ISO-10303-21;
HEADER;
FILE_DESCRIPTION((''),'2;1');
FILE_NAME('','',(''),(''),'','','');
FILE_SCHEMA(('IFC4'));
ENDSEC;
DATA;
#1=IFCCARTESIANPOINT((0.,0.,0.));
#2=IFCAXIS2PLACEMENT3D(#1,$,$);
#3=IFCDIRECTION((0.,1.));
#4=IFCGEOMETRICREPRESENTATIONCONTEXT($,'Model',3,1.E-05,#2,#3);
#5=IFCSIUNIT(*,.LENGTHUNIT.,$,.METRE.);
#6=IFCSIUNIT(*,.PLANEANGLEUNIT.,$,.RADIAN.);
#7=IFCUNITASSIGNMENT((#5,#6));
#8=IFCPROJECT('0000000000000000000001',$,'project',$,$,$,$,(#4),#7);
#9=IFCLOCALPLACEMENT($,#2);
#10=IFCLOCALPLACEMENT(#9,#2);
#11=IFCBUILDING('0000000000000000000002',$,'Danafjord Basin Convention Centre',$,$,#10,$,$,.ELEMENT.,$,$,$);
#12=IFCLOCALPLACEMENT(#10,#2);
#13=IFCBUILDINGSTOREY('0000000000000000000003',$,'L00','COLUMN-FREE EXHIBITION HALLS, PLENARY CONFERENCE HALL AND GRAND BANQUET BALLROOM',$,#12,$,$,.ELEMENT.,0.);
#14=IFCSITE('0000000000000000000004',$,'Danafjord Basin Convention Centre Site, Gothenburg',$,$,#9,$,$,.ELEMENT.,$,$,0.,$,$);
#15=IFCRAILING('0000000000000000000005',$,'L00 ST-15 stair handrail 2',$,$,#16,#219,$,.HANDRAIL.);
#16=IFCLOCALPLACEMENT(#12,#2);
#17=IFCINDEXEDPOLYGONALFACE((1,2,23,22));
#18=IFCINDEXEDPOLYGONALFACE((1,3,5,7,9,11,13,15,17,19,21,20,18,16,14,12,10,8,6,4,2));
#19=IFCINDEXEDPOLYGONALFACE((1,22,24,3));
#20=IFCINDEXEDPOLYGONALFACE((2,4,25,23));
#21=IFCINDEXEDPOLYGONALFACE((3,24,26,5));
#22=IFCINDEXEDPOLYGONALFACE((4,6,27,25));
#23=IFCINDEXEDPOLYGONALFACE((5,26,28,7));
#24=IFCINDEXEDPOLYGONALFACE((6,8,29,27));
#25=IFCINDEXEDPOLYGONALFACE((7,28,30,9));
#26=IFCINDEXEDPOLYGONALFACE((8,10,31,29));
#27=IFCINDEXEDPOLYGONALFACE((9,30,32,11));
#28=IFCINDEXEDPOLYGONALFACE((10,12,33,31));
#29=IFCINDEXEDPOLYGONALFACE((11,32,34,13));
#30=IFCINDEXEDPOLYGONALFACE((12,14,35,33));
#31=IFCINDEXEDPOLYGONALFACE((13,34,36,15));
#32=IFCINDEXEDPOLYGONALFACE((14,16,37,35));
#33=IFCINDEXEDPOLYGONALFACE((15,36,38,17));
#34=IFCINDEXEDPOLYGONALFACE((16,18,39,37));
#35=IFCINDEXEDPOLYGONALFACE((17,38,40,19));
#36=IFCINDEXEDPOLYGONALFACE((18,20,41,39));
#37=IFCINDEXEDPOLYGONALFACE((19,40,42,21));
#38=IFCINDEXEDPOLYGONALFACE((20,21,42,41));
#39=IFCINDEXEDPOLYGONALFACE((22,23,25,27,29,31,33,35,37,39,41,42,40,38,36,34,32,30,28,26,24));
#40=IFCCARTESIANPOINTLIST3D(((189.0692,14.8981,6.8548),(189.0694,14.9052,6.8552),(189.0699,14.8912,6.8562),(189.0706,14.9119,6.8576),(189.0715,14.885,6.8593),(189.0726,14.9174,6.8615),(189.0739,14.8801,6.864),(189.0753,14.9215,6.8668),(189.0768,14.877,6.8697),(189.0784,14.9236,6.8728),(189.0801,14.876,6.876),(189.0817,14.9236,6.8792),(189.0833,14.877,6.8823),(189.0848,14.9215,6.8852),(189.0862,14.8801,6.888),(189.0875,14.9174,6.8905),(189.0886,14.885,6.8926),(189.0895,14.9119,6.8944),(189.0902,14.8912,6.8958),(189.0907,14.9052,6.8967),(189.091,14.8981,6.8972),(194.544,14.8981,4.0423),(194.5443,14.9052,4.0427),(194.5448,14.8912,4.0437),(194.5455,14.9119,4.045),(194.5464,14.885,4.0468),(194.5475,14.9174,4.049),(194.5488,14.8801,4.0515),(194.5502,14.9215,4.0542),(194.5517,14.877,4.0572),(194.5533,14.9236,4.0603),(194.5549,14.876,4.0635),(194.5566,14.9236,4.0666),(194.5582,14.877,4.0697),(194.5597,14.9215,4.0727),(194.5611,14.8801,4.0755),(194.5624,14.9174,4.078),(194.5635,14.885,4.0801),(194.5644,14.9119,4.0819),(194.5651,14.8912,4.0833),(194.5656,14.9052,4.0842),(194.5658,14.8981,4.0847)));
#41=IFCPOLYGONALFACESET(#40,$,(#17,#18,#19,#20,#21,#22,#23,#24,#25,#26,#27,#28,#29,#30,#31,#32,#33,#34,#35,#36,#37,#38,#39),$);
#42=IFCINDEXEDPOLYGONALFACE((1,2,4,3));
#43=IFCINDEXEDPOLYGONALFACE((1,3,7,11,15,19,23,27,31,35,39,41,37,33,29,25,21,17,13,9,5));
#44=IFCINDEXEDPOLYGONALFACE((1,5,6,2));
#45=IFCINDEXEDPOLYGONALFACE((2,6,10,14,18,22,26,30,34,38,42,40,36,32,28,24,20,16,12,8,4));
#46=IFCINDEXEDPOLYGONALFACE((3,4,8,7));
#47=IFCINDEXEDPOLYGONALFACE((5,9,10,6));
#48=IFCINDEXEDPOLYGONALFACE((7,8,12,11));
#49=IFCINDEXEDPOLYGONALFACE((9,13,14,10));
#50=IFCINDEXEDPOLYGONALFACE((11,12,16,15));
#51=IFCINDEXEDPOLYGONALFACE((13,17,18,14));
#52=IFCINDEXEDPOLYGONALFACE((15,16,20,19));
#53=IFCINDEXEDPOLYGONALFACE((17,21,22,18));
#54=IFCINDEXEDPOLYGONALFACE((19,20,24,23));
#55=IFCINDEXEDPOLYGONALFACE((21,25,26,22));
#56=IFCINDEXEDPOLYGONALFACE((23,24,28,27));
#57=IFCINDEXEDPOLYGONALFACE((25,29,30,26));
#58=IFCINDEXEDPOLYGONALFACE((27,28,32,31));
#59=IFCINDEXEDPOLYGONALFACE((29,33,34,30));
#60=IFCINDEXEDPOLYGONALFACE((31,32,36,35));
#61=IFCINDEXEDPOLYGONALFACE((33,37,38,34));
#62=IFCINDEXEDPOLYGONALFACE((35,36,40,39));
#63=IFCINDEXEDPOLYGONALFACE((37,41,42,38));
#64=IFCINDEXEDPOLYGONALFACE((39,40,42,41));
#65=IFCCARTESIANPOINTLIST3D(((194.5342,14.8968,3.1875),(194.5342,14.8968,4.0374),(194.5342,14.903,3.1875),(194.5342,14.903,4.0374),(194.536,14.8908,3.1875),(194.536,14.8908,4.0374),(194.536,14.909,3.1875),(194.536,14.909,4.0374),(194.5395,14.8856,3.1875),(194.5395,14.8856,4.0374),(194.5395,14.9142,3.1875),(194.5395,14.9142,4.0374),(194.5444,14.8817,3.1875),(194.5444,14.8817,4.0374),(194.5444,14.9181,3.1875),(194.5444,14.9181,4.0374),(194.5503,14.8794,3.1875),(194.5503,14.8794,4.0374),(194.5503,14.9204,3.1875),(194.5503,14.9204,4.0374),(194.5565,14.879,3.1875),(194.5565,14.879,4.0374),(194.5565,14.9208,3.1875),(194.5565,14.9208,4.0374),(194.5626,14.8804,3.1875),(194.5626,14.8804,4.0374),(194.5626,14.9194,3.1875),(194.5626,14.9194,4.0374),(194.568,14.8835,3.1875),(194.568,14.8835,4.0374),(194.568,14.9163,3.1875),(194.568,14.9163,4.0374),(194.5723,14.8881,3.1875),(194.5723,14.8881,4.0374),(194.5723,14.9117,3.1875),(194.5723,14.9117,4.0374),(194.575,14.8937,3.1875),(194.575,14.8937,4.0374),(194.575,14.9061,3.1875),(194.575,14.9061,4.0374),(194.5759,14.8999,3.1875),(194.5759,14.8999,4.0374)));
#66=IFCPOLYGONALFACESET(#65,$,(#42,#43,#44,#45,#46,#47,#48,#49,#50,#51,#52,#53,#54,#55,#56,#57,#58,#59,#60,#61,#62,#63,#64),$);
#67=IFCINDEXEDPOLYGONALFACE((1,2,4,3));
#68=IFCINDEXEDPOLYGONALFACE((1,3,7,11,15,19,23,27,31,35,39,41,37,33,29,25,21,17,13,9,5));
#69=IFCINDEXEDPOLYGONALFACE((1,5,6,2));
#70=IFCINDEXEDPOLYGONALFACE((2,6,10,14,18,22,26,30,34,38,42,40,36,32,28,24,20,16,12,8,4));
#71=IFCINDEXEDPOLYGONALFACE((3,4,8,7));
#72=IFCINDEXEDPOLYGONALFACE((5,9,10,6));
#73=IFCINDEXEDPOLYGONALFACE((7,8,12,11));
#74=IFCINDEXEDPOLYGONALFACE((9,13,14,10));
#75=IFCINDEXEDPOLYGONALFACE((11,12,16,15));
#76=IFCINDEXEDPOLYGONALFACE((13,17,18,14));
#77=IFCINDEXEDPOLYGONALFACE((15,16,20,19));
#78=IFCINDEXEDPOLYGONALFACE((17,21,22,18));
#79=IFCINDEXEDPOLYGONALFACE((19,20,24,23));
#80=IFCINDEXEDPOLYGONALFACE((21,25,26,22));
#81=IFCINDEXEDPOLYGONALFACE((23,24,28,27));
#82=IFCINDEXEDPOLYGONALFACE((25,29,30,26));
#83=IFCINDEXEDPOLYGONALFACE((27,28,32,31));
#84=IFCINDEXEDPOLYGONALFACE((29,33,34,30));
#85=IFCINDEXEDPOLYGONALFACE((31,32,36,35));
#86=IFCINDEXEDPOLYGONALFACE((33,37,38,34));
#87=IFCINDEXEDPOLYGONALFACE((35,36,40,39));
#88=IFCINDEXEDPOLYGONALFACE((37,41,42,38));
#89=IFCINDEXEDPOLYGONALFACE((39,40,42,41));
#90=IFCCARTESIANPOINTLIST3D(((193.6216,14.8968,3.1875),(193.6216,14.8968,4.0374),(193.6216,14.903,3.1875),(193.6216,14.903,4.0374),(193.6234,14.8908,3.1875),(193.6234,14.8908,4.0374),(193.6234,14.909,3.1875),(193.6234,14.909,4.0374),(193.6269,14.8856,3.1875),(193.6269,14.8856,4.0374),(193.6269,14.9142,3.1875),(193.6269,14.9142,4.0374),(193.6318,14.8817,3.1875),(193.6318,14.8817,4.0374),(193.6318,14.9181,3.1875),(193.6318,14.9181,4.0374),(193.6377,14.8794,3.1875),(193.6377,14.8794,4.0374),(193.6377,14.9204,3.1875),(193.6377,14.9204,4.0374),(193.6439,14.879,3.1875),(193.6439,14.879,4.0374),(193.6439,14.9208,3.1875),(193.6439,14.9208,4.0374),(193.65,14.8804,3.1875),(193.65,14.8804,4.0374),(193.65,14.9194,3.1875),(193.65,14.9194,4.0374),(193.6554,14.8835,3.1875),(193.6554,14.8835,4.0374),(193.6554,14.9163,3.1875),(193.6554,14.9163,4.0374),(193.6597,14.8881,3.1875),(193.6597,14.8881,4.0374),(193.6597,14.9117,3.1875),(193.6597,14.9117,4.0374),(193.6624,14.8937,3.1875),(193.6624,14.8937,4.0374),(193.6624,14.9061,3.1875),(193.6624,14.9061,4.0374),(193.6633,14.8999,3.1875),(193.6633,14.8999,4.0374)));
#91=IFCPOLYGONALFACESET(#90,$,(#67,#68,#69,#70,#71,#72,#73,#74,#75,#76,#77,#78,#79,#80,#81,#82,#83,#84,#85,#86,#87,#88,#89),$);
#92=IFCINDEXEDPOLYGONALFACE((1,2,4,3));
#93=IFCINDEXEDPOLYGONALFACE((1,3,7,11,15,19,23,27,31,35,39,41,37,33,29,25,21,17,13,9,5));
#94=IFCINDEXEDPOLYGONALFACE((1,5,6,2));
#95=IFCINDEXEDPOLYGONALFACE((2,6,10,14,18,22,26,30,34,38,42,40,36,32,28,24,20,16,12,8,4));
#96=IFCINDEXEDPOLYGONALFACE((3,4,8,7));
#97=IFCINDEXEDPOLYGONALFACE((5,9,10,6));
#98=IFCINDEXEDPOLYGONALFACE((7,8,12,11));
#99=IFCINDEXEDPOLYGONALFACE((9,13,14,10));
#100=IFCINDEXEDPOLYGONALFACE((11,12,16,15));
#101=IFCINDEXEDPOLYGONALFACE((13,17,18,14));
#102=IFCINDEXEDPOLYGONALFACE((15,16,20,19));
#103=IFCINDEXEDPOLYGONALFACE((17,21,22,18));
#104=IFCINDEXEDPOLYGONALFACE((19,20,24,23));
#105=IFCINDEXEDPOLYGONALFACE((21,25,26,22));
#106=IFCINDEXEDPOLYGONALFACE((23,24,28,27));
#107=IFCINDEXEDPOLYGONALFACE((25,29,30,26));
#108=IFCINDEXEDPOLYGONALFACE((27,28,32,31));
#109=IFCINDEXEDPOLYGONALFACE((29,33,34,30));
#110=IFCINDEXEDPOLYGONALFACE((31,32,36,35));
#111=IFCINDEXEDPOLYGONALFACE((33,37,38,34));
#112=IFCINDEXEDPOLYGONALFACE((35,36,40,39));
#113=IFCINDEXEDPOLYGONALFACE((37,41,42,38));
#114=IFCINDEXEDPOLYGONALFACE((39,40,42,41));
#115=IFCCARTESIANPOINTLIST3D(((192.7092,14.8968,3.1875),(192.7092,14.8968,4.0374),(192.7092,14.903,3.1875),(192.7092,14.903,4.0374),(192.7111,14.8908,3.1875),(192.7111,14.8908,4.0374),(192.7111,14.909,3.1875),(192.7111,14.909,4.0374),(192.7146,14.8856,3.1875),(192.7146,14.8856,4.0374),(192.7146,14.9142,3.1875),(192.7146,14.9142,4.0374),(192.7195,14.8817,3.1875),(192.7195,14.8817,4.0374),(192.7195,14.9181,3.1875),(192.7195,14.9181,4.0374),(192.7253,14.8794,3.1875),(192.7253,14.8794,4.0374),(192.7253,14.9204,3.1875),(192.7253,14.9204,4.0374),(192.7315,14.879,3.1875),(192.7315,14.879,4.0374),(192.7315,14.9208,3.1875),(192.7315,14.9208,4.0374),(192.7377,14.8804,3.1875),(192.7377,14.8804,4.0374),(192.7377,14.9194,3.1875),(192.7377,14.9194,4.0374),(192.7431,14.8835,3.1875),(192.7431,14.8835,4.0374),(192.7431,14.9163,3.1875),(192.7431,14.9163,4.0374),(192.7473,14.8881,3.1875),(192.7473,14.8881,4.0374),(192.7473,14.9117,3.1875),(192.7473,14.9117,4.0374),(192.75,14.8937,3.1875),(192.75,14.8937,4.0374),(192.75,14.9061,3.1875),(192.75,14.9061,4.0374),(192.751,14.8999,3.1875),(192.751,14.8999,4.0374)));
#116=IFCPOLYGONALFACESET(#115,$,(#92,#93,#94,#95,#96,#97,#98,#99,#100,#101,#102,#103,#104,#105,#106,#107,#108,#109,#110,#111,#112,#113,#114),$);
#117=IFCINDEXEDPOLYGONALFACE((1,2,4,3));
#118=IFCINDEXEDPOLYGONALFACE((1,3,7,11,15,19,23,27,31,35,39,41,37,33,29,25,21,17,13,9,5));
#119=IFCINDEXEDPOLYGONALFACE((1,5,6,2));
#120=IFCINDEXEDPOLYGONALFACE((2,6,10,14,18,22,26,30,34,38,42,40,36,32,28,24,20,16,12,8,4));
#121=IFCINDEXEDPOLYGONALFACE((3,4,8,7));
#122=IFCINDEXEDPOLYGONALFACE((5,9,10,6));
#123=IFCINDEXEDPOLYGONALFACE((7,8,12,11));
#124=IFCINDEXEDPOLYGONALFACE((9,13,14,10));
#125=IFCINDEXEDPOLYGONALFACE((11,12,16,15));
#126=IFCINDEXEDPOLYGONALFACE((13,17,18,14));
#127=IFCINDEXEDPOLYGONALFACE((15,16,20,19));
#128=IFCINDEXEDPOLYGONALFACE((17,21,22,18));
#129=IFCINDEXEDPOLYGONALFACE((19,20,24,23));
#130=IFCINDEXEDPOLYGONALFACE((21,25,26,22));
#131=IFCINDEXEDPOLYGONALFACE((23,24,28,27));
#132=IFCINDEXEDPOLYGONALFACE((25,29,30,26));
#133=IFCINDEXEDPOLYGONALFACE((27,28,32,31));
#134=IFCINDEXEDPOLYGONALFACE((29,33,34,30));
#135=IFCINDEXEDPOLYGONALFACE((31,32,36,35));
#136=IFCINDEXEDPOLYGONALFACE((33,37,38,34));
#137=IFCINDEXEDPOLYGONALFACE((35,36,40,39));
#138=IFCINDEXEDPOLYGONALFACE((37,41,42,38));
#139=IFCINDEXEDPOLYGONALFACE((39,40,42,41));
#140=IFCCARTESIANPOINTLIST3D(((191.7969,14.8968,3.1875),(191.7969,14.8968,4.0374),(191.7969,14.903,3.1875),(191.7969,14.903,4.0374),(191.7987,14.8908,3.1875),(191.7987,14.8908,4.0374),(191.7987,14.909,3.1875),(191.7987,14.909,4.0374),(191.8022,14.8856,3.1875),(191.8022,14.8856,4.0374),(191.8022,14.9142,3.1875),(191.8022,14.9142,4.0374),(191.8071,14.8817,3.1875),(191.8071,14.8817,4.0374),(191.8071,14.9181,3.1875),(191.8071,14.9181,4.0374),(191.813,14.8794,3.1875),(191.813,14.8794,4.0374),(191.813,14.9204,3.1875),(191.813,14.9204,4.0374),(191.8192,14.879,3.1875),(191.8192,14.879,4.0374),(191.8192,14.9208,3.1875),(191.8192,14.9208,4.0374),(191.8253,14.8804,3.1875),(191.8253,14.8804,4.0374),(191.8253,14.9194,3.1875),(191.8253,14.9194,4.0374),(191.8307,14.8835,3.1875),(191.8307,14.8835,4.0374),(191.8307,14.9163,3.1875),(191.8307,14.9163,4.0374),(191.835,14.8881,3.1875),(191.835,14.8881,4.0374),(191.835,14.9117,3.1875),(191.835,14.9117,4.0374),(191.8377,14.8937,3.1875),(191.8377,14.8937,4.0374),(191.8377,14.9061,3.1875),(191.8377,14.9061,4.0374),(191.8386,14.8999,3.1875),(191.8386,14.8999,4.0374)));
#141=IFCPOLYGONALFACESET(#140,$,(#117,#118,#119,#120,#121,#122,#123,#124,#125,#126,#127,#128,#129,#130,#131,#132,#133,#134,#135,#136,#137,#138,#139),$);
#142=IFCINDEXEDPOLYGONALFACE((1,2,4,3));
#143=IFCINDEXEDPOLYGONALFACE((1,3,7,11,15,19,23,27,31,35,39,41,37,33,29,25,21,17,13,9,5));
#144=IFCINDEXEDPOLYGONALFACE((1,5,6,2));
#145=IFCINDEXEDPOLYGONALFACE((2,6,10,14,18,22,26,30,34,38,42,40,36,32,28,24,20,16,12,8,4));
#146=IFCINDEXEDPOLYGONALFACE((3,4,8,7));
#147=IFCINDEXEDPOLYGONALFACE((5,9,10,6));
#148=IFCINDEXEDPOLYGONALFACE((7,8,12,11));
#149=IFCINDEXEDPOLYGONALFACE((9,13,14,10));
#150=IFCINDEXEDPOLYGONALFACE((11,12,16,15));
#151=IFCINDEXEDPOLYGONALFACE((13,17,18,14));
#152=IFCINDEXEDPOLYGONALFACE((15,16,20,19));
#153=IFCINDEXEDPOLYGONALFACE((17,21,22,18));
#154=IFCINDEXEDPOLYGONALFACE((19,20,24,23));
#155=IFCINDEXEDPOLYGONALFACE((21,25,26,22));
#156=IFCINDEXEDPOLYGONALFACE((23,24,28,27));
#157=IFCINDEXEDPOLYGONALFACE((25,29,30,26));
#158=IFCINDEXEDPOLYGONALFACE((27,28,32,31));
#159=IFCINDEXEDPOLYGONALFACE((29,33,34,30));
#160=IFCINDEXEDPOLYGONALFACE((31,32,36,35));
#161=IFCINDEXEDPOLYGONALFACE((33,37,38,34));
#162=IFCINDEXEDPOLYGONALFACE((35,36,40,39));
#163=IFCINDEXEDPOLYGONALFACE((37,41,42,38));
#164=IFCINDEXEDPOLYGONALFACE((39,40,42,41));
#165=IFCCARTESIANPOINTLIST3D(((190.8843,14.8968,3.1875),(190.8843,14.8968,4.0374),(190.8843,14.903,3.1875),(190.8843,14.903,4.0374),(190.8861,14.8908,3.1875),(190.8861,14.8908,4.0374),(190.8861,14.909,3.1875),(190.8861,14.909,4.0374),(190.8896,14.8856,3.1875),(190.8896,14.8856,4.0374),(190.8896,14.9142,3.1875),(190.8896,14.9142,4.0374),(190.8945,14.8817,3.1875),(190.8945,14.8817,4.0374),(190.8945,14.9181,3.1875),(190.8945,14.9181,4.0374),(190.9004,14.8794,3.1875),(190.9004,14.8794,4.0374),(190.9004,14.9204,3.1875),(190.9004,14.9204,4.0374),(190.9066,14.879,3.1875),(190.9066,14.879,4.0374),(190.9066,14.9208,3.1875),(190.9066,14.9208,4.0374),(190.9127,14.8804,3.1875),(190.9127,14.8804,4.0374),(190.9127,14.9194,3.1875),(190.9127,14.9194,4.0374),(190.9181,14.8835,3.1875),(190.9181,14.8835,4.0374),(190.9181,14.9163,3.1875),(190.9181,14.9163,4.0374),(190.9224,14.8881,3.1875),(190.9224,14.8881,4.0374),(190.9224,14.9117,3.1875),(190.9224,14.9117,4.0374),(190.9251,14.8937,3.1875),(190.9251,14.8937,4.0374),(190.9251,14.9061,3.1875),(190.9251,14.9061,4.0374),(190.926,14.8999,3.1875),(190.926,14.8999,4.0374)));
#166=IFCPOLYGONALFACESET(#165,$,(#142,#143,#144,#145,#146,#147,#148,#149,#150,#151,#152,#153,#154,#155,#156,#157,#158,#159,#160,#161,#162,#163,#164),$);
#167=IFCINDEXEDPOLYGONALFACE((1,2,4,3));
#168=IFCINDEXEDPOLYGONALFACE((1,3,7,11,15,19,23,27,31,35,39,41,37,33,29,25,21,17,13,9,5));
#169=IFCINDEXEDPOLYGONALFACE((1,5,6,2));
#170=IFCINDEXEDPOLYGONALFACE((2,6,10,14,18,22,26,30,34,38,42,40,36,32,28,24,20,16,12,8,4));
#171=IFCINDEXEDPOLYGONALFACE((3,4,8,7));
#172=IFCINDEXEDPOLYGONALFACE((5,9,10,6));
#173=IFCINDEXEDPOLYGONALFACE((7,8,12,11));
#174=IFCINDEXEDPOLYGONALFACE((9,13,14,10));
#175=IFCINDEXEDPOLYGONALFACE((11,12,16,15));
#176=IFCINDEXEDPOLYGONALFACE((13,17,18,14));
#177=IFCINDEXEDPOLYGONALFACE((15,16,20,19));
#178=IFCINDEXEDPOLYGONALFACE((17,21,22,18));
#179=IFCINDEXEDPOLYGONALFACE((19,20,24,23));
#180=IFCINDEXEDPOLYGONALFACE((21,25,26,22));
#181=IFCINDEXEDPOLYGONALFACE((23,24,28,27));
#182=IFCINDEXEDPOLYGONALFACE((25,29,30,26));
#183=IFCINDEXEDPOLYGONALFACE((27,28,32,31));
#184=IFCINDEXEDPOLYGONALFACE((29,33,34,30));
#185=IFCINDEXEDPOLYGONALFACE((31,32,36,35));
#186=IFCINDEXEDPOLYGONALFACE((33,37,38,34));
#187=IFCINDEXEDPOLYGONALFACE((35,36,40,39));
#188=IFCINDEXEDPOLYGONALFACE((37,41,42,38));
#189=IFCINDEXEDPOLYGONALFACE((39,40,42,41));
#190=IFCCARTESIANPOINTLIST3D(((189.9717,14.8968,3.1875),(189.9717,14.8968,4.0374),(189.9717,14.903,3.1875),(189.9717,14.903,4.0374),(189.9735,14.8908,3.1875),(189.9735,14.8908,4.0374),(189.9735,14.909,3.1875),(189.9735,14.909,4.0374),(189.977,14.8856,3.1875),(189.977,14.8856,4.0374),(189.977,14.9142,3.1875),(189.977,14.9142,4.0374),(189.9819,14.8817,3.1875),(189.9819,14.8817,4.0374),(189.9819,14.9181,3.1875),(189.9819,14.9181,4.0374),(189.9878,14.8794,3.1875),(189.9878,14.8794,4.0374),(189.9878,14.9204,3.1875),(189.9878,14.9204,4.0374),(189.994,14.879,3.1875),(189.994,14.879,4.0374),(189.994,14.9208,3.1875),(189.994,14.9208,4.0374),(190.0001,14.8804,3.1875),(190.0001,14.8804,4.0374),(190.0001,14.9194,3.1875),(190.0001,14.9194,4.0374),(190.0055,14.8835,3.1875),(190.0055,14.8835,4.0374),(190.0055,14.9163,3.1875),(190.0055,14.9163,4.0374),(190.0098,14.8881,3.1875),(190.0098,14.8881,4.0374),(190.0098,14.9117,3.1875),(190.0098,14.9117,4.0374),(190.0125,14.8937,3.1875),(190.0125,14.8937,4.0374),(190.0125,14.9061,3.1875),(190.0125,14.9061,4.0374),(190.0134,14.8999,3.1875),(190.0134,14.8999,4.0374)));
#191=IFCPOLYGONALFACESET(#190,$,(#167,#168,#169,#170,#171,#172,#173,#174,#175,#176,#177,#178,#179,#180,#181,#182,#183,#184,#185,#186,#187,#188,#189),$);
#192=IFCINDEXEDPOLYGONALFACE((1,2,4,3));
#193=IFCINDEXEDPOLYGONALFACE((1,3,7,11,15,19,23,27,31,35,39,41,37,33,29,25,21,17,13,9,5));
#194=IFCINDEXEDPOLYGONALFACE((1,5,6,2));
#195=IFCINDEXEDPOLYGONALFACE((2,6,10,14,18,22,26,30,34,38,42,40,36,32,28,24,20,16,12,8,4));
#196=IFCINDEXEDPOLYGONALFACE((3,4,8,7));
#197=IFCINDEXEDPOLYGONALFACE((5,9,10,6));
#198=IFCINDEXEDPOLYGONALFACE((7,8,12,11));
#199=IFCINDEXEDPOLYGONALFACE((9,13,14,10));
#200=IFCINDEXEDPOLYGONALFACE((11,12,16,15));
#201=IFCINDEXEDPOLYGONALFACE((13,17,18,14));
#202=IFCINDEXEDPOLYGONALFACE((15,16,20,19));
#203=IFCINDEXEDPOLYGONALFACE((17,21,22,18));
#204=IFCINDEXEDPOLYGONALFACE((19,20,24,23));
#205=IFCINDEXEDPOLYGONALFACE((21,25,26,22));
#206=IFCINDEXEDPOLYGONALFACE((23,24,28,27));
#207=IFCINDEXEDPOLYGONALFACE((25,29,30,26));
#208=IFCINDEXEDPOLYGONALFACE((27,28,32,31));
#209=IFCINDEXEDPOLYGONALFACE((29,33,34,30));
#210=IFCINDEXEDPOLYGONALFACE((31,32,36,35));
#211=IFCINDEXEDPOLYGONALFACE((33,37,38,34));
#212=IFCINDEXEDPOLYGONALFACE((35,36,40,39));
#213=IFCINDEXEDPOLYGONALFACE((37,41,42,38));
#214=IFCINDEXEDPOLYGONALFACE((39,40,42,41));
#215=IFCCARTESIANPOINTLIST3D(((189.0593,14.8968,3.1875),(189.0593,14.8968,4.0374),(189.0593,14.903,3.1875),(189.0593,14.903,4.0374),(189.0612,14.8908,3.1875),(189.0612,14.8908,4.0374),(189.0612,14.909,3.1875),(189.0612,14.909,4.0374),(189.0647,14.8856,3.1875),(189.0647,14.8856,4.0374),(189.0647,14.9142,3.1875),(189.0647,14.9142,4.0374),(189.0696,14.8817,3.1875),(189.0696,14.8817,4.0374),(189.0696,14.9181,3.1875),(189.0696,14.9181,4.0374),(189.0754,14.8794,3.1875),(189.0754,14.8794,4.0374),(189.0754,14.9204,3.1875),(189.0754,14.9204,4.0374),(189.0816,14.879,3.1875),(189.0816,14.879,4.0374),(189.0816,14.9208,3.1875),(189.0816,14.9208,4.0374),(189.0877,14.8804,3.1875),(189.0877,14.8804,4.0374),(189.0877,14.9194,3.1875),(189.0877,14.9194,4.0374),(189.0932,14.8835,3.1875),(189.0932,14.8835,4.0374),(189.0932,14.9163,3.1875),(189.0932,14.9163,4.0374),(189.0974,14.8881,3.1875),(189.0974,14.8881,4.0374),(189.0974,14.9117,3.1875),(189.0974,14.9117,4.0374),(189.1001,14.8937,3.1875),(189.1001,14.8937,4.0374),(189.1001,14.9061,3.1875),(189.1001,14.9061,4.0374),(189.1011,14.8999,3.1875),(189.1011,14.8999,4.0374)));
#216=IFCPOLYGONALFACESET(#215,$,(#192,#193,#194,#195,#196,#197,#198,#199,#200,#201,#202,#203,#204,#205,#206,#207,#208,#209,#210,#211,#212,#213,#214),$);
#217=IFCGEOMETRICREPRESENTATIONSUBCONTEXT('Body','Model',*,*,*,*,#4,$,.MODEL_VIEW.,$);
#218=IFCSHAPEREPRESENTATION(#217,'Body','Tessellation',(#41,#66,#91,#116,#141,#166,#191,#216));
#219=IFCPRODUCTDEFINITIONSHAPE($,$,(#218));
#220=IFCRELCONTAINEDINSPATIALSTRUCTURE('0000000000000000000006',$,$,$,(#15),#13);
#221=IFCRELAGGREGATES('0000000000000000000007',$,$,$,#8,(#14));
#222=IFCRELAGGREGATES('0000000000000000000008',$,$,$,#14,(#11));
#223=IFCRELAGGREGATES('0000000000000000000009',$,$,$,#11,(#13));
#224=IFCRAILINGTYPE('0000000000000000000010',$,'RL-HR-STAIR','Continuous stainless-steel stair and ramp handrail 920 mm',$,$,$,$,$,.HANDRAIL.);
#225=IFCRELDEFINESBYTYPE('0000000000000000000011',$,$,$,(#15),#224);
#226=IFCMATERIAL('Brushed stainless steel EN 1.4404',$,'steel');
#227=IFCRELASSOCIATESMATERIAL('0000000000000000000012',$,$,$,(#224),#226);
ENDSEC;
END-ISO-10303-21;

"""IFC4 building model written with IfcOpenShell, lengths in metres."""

from ifc_helpers import new_model, si_unit, direction, frame, origin, origin_2d, place, context, subcontext, project, spatial, circle, extrude, material, type_object, element, save


model = new_model("IFC4")

# Units and contexts
model_context = context("Model", 3, precision=1e-05, world=origin(), true_north=direction((0.0, 1.0)))
body_context = subcontext(model_context, "Body", "Model", "MODEL_VIEW")
ifc_project = project(units=[si_unit("LENGTHUNIT", "METRE"), si_unit("PLANEANGLEUNIT", "RADIAN")], contexts=[model_context])

# Site, building, storey
site_placement = place(None, origin())
site = spatial("IfcSite", under=ifc_project, at=site_placement, Name="Danafjord Basin Convention Centre Site, Gothenburg", CompositionType="ELEMENT", RefElevation=0.0)
building_placement = place(site_placement, origin())
building = spatial("IfcBuilding", under=site, at=building_placement, Name="Danafjord Basin Convention Centre", CompositionType="ELEMENT")
storey_placement = place(building_placement, origin())
storey = spatial("IfcBuildingStorey", under=building, at=storey_placement, Name="L00", Description="COLUMN-FREE EXHIBITION HALLS, PLENARY CONFERENCE HALL AND GRAND BANQUET BALLROOM", CompositionType="ELEMENT", Elevation=0.0)

# Railing
ifc_material_1 = material(Name="Brushed stainless steel EN 1.4404", Category="steel")
railing_type_1 = type_object("IfcRailingType", Name="RL-HR-STAIR", Description="Continuous stainless-steel stair and ramp handrail 920 mm", PredefinedType="HANDRAIL", material=ifc_material_1)
railing_1_placement = place(storey_placement, frame((194.5549, 14.8999, 3.1875)))
element("IfcRailing", 1, at=railing_1_placement, inside=storey, type_object=railing_type_1, Name="L00 ST-15 stair handrail 2", PredefinedType="HANDRAIL", context=body_context, shape_type="SweptSolid", body=[
    extrude(circle(Radius=0.0239, at=origin_2d()), frame((0.0, 0.0, 0.876), z_axis=(-0.889495, 0.0, 0.456945), x_axis=(0.0, -1.0, 0.0)), (0.0, 0.0, 1.0), 6.155),
    extrude(circle(Radius=0.021, at=origin_2d()), origin(), (0.0, 0.0, 1.0), 0.8499),
    extrude(circle(Radius=0.021, at=origin_2d()), frame((-0.9126, 0.0, 0.0)), (0.0, 0.0, 1.0), 0.8499),
    extrude(circle(Radius=0.021, at=origin_2d()), frame((-1.825, 0.0, 0.0)), (0.0, 0.0, 1.0), 0.8499),
    extrude(circle(Radius=0.021, at=origin_2d()), frame((-2.7373, 0.0, 0.0)), (0.0, 0.0, 1.0), 0.8499),
    extrude(circle(Radius=0.021, at=origin_2d()), frame((-3.6499, 0.0, 0.0)), (0.0, 0.0, 1.0), 0.8499),
    extrude(circle(Radius=0.021, at=origin_2d()), frame((-4.5625, 0.0, 0.0)), (0.0, 0.0, 1.0), 0.8499),
    extrude(circle(Radius=0.021, at=origin_2d()), frame((-5.4749, 0.0, 0.0)), (0.0, 0.0, 1.0), 0.8499),
])

save(model, "model.ifc")
